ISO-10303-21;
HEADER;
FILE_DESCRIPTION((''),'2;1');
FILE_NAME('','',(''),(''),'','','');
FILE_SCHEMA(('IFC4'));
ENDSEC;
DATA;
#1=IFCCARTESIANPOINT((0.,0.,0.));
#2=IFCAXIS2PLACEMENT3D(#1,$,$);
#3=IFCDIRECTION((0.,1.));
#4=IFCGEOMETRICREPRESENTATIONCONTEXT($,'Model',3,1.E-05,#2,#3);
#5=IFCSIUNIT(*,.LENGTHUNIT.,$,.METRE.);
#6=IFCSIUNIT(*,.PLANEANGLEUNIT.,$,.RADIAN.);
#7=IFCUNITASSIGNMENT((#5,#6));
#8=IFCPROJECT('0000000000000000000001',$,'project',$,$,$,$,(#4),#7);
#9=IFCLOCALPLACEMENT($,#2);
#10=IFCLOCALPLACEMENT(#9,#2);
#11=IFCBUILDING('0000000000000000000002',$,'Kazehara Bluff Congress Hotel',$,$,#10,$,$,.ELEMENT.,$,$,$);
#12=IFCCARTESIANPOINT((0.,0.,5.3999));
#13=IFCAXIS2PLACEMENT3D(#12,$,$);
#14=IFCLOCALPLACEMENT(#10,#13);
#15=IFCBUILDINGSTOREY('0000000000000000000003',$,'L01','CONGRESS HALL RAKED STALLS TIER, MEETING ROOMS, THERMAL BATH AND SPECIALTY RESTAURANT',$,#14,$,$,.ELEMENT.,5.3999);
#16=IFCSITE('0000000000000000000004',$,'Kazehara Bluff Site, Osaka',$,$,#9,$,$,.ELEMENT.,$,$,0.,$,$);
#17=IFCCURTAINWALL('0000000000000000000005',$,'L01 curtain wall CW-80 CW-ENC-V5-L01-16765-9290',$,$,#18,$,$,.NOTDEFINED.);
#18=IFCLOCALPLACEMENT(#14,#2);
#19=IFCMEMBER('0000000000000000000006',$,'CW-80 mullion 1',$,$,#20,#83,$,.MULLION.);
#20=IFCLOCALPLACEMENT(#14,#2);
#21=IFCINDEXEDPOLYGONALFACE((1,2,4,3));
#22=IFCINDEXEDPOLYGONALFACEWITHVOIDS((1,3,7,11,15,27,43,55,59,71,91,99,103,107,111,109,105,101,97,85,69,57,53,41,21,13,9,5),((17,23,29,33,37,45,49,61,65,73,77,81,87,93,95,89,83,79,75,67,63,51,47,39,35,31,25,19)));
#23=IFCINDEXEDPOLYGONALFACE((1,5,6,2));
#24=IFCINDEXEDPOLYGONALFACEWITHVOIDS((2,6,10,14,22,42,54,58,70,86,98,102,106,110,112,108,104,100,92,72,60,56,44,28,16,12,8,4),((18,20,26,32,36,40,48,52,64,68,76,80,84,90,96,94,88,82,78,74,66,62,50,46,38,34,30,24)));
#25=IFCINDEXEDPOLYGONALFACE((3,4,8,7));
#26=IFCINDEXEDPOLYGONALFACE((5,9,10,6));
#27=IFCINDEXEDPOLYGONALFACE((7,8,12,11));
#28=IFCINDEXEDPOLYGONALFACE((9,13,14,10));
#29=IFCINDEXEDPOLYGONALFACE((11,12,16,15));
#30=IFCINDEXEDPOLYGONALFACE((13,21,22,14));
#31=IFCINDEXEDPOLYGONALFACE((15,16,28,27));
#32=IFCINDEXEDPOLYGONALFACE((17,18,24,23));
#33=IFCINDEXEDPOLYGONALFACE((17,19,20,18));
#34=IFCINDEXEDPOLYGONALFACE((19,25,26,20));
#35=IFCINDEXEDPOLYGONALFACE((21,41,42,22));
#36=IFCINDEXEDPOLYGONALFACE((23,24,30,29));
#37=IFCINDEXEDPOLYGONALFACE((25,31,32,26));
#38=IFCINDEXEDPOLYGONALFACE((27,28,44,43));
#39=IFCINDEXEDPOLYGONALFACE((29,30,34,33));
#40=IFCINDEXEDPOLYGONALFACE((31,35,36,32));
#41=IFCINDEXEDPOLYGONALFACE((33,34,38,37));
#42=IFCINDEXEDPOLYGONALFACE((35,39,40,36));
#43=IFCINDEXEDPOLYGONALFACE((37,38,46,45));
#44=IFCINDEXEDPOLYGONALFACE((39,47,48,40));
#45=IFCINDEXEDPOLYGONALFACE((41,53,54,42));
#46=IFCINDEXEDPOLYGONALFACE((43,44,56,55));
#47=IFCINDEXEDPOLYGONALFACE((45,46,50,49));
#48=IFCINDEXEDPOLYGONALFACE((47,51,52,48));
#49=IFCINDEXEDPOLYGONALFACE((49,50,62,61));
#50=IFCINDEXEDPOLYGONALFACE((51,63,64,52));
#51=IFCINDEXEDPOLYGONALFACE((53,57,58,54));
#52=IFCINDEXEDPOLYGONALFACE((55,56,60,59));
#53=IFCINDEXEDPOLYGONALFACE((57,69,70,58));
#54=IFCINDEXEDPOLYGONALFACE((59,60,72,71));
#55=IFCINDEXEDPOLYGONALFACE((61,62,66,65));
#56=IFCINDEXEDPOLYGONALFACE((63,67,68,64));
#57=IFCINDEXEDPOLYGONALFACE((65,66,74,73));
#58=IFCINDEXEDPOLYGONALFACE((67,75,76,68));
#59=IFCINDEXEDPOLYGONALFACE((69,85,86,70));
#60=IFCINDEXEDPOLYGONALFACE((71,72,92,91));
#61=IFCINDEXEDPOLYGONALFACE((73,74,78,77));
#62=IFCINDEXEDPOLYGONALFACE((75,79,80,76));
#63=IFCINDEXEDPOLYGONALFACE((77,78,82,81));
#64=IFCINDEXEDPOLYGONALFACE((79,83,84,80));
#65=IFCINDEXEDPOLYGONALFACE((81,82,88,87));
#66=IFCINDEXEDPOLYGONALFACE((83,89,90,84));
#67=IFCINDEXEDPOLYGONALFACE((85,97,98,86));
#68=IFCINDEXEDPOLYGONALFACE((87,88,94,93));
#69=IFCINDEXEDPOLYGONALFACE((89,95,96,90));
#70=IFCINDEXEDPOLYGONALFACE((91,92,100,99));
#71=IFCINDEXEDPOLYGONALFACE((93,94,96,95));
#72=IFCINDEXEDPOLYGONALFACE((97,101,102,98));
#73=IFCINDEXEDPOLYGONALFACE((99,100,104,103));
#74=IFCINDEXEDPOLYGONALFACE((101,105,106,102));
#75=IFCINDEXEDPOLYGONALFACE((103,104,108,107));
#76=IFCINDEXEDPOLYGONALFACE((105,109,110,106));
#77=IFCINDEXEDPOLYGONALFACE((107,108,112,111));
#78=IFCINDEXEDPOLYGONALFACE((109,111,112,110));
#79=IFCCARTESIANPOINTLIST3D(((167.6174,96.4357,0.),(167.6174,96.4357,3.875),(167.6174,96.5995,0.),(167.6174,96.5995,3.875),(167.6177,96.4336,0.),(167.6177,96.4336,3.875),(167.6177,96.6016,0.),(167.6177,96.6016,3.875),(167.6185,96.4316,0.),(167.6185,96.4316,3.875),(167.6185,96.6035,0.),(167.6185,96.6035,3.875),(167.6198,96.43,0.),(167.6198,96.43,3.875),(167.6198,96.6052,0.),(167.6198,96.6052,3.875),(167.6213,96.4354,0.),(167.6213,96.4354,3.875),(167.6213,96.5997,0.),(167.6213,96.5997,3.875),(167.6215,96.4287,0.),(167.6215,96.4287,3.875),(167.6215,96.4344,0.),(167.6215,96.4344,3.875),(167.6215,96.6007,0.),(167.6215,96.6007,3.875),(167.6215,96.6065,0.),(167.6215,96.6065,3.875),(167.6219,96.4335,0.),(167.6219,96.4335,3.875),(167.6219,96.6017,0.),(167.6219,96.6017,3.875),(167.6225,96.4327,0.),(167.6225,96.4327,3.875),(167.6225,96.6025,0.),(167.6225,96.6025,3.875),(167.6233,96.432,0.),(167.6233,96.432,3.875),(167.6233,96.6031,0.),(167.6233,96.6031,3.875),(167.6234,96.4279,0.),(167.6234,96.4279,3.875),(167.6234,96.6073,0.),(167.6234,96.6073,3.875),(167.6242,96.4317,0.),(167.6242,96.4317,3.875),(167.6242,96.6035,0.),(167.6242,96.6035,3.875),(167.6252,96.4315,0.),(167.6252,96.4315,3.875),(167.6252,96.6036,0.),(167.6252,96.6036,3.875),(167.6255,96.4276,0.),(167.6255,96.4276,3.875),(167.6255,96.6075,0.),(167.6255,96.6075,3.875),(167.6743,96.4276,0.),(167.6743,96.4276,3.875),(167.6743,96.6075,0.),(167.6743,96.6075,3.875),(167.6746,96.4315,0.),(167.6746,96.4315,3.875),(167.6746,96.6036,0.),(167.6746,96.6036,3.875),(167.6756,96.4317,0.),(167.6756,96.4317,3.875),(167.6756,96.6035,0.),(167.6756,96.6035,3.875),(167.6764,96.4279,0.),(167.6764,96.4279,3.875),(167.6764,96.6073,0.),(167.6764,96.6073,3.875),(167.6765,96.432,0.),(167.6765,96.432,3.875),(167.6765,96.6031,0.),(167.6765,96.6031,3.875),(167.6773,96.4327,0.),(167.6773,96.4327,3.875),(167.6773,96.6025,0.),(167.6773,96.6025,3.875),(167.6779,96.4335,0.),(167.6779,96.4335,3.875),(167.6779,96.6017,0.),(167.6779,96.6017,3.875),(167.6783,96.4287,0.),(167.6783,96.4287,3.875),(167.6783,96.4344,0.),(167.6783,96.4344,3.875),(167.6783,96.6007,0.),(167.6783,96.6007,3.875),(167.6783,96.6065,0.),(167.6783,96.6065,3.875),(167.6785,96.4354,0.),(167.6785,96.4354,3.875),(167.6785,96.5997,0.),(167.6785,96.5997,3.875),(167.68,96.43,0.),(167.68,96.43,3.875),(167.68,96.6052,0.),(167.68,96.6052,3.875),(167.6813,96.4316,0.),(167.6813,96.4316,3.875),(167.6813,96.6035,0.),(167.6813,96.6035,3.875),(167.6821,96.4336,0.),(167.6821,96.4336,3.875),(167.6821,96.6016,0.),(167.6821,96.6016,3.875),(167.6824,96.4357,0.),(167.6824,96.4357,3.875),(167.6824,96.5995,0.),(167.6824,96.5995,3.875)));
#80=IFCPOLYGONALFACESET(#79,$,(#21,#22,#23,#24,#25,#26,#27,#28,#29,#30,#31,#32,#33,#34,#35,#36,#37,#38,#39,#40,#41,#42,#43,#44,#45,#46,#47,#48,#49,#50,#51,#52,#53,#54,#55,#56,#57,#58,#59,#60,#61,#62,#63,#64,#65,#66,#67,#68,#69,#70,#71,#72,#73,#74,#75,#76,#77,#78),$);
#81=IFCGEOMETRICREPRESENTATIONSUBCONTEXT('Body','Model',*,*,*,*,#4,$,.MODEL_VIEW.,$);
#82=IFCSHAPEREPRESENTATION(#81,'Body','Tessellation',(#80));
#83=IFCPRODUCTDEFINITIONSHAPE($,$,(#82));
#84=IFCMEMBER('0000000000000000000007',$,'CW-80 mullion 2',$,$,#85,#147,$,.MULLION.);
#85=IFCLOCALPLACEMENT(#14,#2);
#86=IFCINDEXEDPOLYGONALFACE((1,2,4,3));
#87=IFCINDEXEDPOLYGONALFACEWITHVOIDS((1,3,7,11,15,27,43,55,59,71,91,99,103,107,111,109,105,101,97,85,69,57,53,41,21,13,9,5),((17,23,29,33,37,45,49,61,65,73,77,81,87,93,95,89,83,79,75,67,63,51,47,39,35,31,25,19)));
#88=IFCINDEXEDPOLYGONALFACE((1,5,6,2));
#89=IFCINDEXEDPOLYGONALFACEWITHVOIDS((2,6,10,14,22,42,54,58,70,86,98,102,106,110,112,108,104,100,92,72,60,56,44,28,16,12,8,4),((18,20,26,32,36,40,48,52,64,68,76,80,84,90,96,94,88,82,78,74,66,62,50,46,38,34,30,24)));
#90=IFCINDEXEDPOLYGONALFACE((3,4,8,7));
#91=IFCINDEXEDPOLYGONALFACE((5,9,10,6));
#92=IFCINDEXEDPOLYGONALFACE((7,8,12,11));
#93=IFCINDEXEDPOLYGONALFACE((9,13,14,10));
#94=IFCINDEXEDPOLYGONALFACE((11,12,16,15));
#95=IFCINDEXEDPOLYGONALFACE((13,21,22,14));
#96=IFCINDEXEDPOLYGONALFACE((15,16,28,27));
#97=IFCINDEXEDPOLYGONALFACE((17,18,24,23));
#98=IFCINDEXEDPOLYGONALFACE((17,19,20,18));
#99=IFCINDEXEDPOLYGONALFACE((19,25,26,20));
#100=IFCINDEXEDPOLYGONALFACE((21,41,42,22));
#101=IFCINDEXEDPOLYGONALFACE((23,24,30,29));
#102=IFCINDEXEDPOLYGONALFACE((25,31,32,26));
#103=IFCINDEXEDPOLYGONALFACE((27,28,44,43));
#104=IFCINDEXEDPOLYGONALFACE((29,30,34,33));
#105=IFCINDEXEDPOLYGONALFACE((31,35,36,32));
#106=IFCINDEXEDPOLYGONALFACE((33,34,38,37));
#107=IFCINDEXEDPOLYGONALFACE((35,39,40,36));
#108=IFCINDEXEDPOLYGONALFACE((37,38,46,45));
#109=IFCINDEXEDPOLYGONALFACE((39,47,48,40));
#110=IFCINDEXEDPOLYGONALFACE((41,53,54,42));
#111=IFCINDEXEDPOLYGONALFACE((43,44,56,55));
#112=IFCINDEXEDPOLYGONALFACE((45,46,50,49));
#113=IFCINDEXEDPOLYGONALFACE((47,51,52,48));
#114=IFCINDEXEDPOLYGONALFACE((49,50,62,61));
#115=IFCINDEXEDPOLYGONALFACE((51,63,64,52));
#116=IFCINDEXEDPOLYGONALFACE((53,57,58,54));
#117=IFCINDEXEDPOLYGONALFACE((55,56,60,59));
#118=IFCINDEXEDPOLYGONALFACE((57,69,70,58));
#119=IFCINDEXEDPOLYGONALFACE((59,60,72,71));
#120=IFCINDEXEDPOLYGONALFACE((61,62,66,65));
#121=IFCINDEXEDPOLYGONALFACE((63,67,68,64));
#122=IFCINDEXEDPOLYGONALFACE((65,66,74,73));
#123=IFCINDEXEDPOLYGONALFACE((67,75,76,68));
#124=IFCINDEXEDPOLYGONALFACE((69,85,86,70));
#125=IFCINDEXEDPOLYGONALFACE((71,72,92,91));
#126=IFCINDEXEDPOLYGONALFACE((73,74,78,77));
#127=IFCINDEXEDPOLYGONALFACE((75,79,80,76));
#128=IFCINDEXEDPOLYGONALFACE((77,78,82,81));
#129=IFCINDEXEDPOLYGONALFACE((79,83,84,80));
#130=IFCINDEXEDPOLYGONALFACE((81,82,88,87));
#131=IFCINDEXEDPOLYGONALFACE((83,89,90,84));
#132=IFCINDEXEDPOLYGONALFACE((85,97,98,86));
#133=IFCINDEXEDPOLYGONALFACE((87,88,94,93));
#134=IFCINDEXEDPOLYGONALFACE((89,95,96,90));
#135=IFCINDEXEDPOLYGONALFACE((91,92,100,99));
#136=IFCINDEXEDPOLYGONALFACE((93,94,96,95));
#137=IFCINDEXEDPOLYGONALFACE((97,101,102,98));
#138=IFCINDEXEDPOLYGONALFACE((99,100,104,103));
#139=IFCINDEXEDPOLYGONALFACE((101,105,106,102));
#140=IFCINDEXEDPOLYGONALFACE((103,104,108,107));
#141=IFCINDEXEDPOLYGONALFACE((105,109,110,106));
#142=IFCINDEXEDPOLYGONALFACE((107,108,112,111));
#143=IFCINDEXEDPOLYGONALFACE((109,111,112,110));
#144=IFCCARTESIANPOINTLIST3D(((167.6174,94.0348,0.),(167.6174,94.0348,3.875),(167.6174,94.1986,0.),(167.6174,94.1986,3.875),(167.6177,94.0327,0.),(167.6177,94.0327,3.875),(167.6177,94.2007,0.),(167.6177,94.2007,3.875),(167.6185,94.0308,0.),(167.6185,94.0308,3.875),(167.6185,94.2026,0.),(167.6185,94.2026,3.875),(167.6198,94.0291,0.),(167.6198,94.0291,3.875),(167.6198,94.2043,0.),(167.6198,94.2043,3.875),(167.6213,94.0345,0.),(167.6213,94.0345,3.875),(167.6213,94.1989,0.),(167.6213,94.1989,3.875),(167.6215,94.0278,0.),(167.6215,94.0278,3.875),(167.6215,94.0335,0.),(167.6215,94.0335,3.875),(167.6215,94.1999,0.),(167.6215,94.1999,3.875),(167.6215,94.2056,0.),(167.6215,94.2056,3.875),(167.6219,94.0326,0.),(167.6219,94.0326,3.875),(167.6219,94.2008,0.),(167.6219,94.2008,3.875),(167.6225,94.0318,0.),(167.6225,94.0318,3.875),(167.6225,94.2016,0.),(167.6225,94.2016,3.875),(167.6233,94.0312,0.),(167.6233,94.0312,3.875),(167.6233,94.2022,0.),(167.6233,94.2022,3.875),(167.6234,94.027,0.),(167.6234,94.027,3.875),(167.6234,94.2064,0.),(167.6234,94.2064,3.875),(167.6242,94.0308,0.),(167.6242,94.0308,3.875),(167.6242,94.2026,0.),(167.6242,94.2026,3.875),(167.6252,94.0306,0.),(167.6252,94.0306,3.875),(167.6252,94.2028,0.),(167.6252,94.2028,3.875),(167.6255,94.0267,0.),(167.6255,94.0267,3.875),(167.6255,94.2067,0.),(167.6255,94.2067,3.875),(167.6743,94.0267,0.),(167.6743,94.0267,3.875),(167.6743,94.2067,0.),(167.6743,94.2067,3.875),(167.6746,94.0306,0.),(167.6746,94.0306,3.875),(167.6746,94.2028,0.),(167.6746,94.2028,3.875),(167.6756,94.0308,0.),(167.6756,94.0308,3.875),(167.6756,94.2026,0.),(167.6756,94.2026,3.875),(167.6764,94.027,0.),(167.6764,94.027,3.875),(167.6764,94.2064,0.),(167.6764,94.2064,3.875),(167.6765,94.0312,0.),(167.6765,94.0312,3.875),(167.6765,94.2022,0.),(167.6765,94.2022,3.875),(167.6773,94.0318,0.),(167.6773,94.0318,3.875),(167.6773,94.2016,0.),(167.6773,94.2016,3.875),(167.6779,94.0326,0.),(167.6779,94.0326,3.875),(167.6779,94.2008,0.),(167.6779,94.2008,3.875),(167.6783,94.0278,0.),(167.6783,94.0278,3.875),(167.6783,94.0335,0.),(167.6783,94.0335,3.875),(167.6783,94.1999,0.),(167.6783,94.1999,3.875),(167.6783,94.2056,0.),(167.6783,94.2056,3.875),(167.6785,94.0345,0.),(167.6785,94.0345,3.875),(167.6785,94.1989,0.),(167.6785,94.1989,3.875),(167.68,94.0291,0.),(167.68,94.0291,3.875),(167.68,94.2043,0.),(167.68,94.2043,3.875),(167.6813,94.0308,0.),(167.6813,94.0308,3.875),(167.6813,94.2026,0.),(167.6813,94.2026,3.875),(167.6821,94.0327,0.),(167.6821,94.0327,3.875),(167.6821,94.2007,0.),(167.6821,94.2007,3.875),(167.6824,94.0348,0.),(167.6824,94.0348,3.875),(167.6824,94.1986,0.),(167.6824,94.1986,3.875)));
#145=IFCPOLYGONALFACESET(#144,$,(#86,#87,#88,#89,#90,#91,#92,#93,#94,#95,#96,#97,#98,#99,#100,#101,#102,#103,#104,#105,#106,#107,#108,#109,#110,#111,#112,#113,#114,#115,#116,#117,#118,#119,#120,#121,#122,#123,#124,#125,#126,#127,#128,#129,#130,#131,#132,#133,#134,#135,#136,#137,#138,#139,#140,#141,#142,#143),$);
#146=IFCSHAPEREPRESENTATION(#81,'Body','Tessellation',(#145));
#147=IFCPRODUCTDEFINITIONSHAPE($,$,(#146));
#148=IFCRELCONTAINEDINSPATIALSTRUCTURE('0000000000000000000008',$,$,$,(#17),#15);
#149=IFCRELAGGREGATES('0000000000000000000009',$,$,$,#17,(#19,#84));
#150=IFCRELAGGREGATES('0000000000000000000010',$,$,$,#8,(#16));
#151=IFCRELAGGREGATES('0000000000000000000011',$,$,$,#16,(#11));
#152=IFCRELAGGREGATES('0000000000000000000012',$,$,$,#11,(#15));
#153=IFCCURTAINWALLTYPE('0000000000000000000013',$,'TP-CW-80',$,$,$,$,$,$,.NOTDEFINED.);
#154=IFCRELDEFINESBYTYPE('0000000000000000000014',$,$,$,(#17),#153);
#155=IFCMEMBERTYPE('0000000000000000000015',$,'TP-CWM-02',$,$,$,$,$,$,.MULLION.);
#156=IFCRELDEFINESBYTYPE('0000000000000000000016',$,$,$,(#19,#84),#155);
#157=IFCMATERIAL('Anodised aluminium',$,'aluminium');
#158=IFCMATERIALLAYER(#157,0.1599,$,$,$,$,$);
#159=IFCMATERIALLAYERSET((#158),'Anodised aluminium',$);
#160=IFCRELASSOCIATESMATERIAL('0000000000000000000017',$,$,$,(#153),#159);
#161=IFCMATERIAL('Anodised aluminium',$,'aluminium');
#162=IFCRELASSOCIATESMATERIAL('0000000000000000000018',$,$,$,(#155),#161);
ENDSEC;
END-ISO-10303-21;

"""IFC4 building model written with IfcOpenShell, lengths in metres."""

from ifc_helpers import new_model, si_unit, direction, frame, origin, origin_2d, place, context, subcontext, project, spatial, hollow_rectangle, extrude, material, layer, layer_set, material_profile, profile_set, type_object, element, aggregate, save


model = new_model("IFC4")

# Units and contexts
model_context = context("Model", 3, precision=1e-05, world=origin(), true_north=direction((0.0, 1.0)))
body_context = subcontext(model_context, "Body", "Model", "MODEL_VIEW")
ifc_project = project(units=[si_unit("LENGTHUNIT", "METRE"), si_unit("PLANEANGLEUNIT", "RADIAN")], contexts=[model_context])

# Site, building, storey
site_placement = place(None, origin())
site = spatial("IfcSite", under=ifc_project, at=site_placement, Name="Kazehara Bluff Site, Osaka", CompositionType="ELEMENT", RefElevation=0.0)
building_placement = place(site_placement, origin())
building = spatial("IfcBuilding", under=site, at=building_placement, Name="Kazehara Bluff Congress Hotel", CompositionType="ELEMENT")
storey_placement = place(building_placement, frame((0.0, 0.0, 5.3999)))
storey = spatial("IfcBuildingStorey", under=building, at=storey_placement, Name="L01", Description="CONGRESS HALL RAKED STALLS TIER, MEETING ROOMS, THERMAL BATH AND SPECIALTY RESTAURANT", CompositionType="ELEMENT", Elevation=5.3999)

# Curtain wall, members
ifc_material_1 = material(Name="Anodised aluminium", Category="aluminium")
ifc_layer_1 = layer(ifc_material_1, 0.1599)
ifc_layer_set_1 = layer_set([ifc_layer_1], Name="Anodised aluminium")
curtain_wall_type_1 = type_object("IfcCurtainWallType", Name="TP-CW-80", PredefinedType="NOTDEFINED", material=ifc_layer_set_1)
curtain_wall_1_placement = place(storey_placement, origin())
curtain_wall_1 = element("IfcCurtainWall", 1, at=curtain_wall_1_placement, inside=storey, type_object=curtain_wall_type_1, Name="L01 curtain wall CW-80 CW-ENC-V5-L01-16765-9290", PredefinedType="NOTDEFINED")
ifc_material_2 = material(Name="Anodised aluminium", Category="aluminium")
ifc_material_profile_1 = material_profile(ifc_material_2, hollow_rectangle(XDim=0.0649, YDim=0.1799, WallThickness=0.0039, InnerFilletRadius=0.0039, OuterFilletRadius=0.0081, at=origin_2d()))
ifc_profile_set_1 = profile_set([ifc_material_profile_1], Name="Anodised aluminium")
member_type_1 = type_object("IfcMemberType", Name="TP-CWM-02", PredefinedType="MULLION", material=ifc_profile_set_1)
member_1_placement = place(storey_placement, frame((167.6499, 96.5176, 0.0), z_axis=(0.0, 0.0, 1.0), x_axis=(1.0, 0.0, 0.0)))
member_1 = element("IfcMember", 2, at=member_1_placement, type_object=member_type_1, Name="CW-80 mullion 1", PredefinedType="MULLION", context=body_context, shape_type="SweptSolid", body=[
    extrude(hollow_rectangle(XDim=0.0649, YDim=0.1799, WallThickness=0.0039, InnerFilletRadius=0.0039, OuterFilletRadius=0.0081, at=origin_2d()), origin(), (0.0, 0.0, 1.0), 3.875),
])
member_2_placement = place(storey_placement, frame((167.6499, 94.1167, 0.0), z_axis=(0.0, 0.0, 1.0), x_axis=(1.0, 0.0, 0.0)))
member_2 = element("IfcMember", 3, at=member_2_placement, type_object=member_type_1, Name="CW-80 mullion 2", PredefinedType="MULLION", context=body_context, shape_type="SweptSolid", body=[
    extrude(hollow_rectangle(XDim=0.0649, YDim=0.1799, WallThickness=0.0039, InnerFilletRadius=0.0039, OuterFilletRadius=0.0081, at=origin_2d()), origin(), (0.0, 0.0, 1.0), 3.875),
])

aggregate(curtain_wall_1, [member_1, member_2])

save(model, "model.ifc")
